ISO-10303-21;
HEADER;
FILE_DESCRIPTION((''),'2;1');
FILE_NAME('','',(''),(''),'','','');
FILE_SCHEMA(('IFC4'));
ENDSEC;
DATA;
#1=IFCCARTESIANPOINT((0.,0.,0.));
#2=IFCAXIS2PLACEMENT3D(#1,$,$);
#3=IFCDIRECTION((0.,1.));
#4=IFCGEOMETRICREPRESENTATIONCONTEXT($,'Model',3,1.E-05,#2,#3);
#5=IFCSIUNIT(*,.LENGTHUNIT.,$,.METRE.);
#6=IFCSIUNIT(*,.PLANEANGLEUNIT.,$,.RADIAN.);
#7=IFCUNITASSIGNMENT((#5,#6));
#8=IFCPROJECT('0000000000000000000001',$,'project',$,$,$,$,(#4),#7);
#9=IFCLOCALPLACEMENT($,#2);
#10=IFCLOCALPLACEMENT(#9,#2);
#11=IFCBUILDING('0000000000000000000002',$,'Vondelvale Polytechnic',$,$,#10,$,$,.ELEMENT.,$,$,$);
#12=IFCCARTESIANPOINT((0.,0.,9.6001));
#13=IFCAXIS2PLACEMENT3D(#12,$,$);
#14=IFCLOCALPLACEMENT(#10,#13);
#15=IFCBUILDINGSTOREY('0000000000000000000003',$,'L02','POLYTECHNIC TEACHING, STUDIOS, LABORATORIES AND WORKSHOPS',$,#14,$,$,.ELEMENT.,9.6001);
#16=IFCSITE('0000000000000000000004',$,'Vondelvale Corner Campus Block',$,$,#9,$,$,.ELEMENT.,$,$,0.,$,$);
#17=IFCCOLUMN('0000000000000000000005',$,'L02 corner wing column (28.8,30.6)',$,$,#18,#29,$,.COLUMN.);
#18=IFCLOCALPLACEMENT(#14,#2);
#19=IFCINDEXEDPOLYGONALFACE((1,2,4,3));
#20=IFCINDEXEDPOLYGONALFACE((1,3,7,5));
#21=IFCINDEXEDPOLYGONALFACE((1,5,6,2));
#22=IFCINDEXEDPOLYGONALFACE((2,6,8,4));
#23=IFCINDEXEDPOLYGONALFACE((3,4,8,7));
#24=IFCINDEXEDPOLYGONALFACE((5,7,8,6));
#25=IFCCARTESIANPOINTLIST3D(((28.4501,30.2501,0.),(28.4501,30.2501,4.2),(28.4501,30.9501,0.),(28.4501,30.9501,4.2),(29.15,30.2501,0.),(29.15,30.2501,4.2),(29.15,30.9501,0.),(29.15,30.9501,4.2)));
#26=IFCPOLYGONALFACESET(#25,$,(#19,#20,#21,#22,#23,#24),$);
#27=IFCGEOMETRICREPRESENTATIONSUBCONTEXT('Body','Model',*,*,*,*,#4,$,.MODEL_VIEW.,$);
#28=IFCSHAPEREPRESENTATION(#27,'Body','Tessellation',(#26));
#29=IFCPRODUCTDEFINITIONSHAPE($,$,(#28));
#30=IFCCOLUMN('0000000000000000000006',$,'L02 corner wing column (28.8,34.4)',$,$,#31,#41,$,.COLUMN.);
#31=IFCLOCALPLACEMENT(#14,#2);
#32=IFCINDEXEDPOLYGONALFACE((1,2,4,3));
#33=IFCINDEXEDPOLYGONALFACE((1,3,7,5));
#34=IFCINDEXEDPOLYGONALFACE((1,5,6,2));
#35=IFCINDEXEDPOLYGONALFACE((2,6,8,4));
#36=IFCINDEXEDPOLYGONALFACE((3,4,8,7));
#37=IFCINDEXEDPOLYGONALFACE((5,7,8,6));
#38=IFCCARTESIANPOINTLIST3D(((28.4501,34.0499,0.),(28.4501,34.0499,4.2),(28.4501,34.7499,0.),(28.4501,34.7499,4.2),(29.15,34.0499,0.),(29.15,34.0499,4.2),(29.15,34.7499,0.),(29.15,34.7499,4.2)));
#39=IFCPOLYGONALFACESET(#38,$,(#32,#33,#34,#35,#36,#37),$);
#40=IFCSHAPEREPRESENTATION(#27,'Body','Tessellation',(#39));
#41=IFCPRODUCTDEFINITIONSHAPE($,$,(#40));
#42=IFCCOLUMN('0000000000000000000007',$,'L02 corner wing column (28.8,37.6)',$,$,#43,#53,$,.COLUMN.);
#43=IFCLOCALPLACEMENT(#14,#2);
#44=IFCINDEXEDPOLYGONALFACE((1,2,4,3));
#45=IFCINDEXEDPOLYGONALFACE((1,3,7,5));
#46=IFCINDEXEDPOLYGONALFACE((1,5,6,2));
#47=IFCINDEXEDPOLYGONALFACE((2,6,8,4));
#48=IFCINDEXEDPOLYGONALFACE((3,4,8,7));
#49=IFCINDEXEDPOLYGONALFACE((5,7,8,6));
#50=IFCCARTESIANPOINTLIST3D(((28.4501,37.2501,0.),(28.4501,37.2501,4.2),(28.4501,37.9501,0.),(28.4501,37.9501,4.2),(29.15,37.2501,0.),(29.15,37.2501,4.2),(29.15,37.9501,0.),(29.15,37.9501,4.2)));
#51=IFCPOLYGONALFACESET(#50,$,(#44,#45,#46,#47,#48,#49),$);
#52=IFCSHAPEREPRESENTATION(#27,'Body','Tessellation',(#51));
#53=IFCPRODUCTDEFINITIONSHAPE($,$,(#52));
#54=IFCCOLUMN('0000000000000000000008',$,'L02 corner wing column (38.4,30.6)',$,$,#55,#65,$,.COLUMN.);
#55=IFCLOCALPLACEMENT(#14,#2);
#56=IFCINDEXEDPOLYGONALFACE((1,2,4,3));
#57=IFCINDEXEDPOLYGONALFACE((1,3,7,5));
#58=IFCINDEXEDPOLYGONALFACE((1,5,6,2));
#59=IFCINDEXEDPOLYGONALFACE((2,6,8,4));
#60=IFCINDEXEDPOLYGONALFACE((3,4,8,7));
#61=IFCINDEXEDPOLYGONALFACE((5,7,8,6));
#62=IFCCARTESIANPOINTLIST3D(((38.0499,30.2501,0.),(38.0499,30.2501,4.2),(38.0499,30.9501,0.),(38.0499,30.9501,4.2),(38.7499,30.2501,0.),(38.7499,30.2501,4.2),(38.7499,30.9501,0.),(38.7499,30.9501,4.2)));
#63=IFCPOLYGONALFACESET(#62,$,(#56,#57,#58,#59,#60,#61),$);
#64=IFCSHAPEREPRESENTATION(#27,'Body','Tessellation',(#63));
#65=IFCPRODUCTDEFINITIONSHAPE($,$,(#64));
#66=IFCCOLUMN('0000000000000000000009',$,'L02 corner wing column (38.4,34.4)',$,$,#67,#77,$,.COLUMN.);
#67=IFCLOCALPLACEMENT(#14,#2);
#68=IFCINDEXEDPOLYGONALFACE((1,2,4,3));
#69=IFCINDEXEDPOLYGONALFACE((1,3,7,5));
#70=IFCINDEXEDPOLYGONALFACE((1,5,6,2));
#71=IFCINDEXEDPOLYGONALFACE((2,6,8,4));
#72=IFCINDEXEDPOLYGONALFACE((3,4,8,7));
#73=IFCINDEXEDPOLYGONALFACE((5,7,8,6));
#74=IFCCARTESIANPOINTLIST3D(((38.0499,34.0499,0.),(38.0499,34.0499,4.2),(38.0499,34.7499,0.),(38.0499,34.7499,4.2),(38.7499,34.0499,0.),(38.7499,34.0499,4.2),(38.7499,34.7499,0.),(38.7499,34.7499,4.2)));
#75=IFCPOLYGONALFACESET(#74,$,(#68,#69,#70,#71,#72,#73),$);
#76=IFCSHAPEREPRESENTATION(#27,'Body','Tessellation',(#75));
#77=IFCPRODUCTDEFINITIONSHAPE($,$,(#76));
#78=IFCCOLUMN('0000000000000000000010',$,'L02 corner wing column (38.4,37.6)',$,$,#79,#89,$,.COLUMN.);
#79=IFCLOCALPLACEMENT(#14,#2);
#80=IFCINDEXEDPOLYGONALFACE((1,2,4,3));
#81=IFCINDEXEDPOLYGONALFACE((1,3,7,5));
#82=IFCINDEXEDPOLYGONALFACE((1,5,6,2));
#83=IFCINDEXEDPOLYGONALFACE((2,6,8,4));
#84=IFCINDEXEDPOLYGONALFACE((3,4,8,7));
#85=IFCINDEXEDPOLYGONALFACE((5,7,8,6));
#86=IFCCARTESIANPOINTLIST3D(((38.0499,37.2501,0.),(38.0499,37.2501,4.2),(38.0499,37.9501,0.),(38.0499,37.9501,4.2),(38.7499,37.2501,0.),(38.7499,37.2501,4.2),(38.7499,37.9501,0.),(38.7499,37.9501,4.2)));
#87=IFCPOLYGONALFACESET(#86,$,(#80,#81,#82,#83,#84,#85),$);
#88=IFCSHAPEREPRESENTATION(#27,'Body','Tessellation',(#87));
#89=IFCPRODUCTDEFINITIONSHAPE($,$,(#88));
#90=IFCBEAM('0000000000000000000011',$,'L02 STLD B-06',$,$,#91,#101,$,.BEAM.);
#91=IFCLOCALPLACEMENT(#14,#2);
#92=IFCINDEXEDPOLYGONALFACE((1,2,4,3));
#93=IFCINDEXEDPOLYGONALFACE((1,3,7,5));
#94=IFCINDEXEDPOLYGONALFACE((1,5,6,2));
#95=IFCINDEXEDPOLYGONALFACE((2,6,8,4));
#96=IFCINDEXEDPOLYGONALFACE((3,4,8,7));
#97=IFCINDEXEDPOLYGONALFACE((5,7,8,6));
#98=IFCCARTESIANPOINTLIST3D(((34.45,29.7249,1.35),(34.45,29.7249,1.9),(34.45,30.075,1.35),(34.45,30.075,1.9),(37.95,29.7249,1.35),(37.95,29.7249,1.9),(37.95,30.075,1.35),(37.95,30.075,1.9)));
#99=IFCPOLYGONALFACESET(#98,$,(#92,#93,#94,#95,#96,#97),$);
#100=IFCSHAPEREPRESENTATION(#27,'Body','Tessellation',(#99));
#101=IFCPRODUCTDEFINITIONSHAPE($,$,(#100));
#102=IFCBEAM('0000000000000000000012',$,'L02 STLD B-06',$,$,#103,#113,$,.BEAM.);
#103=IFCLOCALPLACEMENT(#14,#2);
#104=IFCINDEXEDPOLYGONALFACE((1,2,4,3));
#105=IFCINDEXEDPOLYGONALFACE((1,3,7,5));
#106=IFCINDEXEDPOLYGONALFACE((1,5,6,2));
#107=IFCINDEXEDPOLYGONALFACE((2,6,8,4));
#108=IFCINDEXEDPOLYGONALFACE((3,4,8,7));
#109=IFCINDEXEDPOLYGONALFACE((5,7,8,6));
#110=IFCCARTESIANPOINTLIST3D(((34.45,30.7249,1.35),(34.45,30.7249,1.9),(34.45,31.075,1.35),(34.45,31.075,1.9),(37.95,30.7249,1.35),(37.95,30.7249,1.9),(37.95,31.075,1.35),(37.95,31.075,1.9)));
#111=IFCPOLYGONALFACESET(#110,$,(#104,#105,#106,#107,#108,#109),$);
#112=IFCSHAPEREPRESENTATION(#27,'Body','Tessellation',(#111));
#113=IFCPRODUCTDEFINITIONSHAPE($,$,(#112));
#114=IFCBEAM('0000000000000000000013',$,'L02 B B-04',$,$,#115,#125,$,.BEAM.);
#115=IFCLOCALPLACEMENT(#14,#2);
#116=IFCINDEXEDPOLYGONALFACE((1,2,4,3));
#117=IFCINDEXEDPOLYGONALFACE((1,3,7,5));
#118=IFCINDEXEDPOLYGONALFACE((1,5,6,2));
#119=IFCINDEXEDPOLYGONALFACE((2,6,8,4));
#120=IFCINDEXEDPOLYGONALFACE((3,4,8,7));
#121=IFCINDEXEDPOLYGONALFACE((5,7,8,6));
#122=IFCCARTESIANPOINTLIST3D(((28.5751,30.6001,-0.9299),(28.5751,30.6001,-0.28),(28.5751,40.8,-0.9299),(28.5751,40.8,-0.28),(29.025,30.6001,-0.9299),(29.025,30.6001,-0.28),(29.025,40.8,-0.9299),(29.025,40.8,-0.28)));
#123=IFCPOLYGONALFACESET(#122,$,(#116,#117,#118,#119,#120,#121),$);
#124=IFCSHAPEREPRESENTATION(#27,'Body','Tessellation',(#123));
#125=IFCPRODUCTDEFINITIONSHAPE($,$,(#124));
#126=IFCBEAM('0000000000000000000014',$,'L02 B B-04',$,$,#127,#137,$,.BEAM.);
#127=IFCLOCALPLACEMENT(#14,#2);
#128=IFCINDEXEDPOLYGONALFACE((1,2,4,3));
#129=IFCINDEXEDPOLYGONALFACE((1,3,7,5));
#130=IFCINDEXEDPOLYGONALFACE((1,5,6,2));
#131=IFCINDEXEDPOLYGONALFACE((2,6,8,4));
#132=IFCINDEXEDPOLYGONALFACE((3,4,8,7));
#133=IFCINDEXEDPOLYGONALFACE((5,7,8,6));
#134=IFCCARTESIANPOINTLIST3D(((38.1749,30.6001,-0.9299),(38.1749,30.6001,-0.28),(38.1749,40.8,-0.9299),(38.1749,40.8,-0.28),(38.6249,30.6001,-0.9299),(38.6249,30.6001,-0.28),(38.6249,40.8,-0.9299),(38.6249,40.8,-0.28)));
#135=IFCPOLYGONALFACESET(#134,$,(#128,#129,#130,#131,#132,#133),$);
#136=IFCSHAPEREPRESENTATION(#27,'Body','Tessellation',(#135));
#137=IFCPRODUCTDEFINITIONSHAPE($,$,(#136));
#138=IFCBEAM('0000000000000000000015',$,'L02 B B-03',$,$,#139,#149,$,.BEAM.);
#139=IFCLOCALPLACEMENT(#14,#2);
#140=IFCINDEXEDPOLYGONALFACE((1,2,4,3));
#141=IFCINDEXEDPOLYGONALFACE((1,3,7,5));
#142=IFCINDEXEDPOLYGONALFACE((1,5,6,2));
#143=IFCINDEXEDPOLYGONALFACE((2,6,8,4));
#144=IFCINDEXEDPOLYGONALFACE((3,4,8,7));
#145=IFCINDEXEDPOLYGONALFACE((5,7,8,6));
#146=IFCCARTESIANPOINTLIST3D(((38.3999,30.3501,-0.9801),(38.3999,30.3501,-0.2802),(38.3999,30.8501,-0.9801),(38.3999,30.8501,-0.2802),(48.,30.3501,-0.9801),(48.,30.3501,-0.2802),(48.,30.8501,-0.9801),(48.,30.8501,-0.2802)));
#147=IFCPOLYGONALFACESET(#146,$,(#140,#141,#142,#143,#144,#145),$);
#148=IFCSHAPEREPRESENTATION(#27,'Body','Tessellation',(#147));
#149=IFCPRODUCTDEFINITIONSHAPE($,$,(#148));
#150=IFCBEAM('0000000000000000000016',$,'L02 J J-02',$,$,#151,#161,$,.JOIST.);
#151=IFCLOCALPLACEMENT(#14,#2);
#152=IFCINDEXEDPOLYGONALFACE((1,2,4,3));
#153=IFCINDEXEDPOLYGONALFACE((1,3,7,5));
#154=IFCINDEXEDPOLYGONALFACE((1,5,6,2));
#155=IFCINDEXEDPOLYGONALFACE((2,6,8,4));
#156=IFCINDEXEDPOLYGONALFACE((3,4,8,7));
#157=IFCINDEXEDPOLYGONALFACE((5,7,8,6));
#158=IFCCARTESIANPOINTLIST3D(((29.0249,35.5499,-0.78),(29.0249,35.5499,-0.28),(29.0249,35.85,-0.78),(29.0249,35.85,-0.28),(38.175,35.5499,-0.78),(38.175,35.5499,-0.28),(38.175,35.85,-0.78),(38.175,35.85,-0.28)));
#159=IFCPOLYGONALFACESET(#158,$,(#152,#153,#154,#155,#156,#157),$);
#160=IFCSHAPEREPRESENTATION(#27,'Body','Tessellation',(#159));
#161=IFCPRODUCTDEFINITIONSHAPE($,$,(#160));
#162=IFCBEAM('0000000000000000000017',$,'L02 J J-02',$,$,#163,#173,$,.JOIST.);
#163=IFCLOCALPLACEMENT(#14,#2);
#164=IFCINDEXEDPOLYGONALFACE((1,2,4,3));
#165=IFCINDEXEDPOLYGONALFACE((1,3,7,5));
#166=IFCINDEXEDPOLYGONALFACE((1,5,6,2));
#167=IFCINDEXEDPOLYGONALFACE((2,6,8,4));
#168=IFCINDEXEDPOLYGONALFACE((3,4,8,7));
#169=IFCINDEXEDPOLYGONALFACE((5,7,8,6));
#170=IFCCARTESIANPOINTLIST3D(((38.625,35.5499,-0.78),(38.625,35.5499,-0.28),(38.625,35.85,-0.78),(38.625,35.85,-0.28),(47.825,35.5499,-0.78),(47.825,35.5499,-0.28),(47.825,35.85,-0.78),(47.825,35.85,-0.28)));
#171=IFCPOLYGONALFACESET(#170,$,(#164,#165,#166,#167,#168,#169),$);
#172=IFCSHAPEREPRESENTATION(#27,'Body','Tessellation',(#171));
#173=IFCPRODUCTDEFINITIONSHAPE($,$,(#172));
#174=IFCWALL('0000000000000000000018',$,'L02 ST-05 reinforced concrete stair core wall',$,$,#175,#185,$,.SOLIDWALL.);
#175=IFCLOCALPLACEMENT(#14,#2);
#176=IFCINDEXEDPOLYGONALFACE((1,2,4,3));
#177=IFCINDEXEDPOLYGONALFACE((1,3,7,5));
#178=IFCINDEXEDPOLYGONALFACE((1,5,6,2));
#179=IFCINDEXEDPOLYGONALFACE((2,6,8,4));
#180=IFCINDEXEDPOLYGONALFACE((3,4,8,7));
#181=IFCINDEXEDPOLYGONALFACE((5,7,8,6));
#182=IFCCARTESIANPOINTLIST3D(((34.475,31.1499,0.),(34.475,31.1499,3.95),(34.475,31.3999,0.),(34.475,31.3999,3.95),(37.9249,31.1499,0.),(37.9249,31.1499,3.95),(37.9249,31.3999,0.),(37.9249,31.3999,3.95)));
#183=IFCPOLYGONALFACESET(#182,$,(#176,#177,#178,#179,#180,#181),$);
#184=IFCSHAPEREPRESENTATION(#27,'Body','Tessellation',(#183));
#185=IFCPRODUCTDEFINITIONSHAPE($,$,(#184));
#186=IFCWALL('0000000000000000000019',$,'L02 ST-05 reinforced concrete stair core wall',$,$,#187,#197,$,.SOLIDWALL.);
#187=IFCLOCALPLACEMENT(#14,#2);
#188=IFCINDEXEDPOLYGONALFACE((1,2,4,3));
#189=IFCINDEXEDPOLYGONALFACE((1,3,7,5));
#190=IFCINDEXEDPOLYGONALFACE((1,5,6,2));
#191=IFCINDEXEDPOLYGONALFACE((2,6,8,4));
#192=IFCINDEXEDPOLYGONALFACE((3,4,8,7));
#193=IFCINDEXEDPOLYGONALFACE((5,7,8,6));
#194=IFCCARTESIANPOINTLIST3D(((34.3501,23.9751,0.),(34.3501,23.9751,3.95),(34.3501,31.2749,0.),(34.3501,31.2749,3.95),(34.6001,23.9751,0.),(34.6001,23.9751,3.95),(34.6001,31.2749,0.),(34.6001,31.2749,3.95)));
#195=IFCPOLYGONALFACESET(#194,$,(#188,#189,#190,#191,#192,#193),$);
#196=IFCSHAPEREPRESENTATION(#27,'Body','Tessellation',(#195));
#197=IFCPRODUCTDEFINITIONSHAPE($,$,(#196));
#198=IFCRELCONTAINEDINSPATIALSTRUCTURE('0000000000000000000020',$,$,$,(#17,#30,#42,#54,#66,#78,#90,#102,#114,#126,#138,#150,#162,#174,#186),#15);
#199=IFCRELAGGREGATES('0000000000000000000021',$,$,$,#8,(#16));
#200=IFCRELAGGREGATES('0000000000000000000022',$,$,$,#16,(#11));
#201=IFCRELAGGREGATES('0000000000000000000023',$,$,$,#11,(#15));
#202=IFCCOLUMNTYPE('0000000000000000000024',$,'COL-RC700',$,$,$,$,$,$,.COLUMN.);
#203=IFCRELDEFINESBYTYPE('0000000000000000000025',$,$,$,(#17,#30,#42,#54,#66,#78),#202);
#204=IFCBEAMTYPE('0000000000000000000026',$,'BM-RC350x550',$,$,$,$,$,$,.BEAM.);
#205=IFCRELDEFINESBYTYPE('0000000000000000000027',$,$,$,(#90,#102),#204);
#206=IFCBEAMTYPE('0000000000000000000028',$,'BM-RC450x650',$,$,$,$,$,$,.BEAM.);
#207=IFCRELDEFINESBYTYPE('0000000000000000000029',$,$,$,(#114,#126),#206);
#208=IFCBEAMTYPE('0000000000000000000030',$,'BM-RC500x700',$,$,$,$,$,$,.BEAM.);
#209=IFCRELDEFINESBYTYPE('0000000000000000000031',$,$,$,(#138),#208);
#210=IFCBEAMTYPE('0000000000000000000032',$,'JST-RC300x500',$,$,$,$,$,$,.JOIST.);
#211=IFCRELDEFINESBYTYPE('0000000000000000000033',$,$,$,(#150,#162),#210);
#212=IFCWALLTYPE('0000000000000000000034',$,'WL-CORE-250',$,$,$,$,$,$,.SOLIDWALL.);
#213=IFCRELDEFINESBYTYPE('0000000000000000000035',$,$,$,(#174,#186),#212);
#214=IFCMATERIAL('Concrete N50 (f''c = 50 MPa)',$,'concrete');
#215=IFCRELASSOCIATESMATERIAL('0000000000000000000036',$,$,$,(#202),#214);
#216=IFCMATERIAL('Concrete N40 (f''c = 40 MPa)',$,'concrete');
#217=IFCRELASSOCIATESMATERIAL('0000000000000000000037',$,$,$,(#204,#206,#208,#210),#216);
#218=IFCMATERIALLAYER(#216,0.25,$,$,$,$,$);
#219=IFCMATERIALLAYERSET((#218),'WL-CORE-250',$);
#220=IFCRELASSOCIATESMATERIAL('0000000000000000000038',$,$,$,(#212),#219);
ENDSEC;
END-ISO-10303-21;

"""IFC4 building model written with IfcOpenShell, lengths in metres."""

from ifc_helpers import new_model, si_unit, direction, frame, frame_2d, origin, origin_2d, place, context, subcontext, project, spatial, rectangle, extrude, material, layer, layer_set, material_profile, profile_set, type_object, element, save


model = new_model("IFC4")

# Units and contexts
model_context = context("Model", 3, precision=1e-05, world=origin(), true_north=direction((0.0, 1.0)))
body_context = subcontext(model_context, "Body", "Model", "MODEL_VIEW")
ifc_project = project(units=[si_unit("LENGTHUNIT", "METRE"), si_unit("PLANEANGLEUNIT", "RADIAN")], contexts=[model_context])

# Site, building, storey
site_placement = place(None, origin())
site = spatial("IfcSite", under=ifc_project, at=site_placement, Name="Vondelvale Corner Campus Block", CompositionType="ELEMENT", RefElevation=0.0)
building_placement = place(site_placement, origin())
building = spatial("IfcBuilding", under=site, at=building_placement, Name="Vondelvale Polytechnic", CompositionType="ELEMENT")
storey_placement = place(building_placement, frame((0.0, 0.0, 9.6001)))
storey = spatial("IfcBuildingStorey", under=building, at=storey_placement, Name="L02", Description="POLYTECHNIC TEACHING, STUDIOS, LABORATORIES AND WORKSHOPS", CompositionType="ELEMENT", Elevation=9.6001)

# Columns
ifc_material_1 = material(Name="Concrete N50 (f'c = 50 MPa)", Category="concrete")
ifc_material_profile_1 = material_profile(ifc_material_1, rectangle(XDim=0.7, YDim=0.7, at=origin_2d()), Name="RC-COL-700x700")
ifc_profile_set_1 = profile_set([ifc_material_profile_1], Name="Concrete N50 (f'c = 50 MPa)")
column_type = type_object("IfcColumnType", Name="COL-RC700", PredefinedType="COLUMN", material=ifc_profile_set_1)
for number, where, z_axis, x_axis, name in (
    (1, (28.8, 30.6001, 0.0), (0.0, 0.0, 1.0), (1.0, 0.0, 0.0), "L02 corner wing column (28.8,30.6)"),
    (2, (28.8, 34.3999, 0.0), (0.0, 0.0, 1.0), (1.0, 0.0, 0.0), "L02 corner wing column (28.8,34.4)"),
    (3, (28.8, 37.6001, 0.0), (0.0, 0.0, 1.0), (1.0, 0.0, 0.0), "L02 corner wing column (28.8,37.6)"),
    (4, (38.3999, 30.6001, 0.0), (0.0, 0.0, 1.0), (1.0, 0.0, 0.0), "L02 corner wing column (38.4,30.6)"),
    (5, (38.3999, 34.3999, 0.0), (0.0, 0.0, 1.0), (1.0, 0.0, 0.0), "L02 corner wing column (38.4,34.4)"),
    (6, (38.3999, 37.6001, 0.0), (0.0, 0.0, 1.0), (1.0, 0.0, 0.0), "L02 corner wing column (38.4,37.6)"),
):
    element("IfcColumn", number, at=place(storey_placement, frame(where, z_axis=z_axis, x_axis=x_axis)), inside=storey, type_object=column_type, Name=name, PredefinedType="COLUMN", context=body_context, shape_type="SweptSolid", body=[
        extrude(rectangle(XDim=0.7, YDim=0.7, at=origin_2d()), origin(), (0.0, 0.0, 1.0), 4.2),
    ])

# Beams
ifc_material_2 = material(Name="Concrete N40 (f'c = 40 MPa)", Category="concrete")
ifc_material_profile_2 = material_profile(ifc_material_2, rectangle(XDim=0.3501, YDim=0.55, at=origin_2d()), Name="RC-BM-350x550")
ifc_profile_set_2 = profile_set([ifc_material_profile_2], Name="Concrete N40 (f'c = 40 MPa)")
beam_type_1 = type_object("IfcBeamType", Name="BM-RC350x550", PredefinedType="BEAM", material=ifc_profile_set_2)
for number, where, z_axis, x_axis, name in (
    (7, (37.95, 29.8999, 1.625), (-1.0, 0.0, 0.0), (0.0, -1.0, 0.0), "L02 STLD B-06"),
    (8, (37.95, 30.8999, 1.625), (-1.0, 0.0, 0.0), (0.0, -1.0, 0.0), "L02 STLD B-06"),
):
    element("IfcBeam", number, at=place(storey_placement, frame(where, z_axis=z_axis, x_axis=x_axis)), inside=storey, type_object=beam_type_1, Name=name, PredefinedType="BEAM", context=body_context, shape_type="SweptSolid", body=[
        extrude(rectangle(XDim=0.3501, YDim=0.55, at=origin_2d()), origin(), (0.0, 0.0, 1.0), 3.5),
    ])
ifc_material_profile_3 = material_profile(ifc_material_2, rectangle(XDim=0.45, YDim=0.6499, at=origin_2d()), Name="RC-BM-450x650")
ifc_profile_set_3 = profile_set([ifc_material_profile_3], Name="Concrete N40 (f'c = 40 MPa)")
beam_type_2 = type_object("IfcBeamType", Name="BM-RC450x650", PredefinedType="BEAM", material=ifc_profile_set_3)
for number, where, z_axis, x_axis, name in (
    (9, (28.8, 30.6001, -0.605), (0.0, 1.0, 0.0), (-1.0, 0.0, 0.0), "L02 B B-04"),
    (10, (38.3999, 30.6001, -0.605), (0.0, 1.0, 0.0), (-1.0, 0.0, 0.0), "L02 B B-04"),
):
    element("IfcBeam", number, at=place(storey_placement, frame(where, z_axis=z_axis, x_axis=x_axis)), inside=storey, type_object=beam_type_2, Name=name, PredefinedType="BEAM", context=body_context, shape_type="SweptSolid", body=[
        extrude(rectangle(XDim=0.45, YDim=0.6499, at=origin_2d()), origin(), (0.0, 0.0, 1.0), 10.2),
    ])
ifc_material_profile_4 = material_profile(ifc_material_2, rectangle(XDim=0.5, YDim=0.7, at=origin_2d()), Name="RC-BM-500x700")
ifc_profile_set_4 = profile_set([ifc_material_profile_4], Name="Concrete N40 (f'c = 40 MPa)")
beam_type_3 = type_object("IfcBeamType", Name="BM-RC500x700", PredefinedType="BEAM", material=ifc_profile_set_4)
beam_1_placement = place(storey_placement, frame((38.3999, 30.6001, -0.6301), z_axis=(1.0, 0.0, 0.0), x_axis=(0.0, 1.0, 0.0)))
element("IfcBeam", 11, at=beam_1_placement, inside=storey, type_object=beam_type_3, Name="L02 B B-03", PredefinedType="BEAM", context=body_context, shape_type="SweptSolid", body=[
    extrude(rectangle(XDim=0.5, YDim=0.7, at=origin_2d()), origin(), (0.0, 0.0, 1.0), 9.6001),
])
ifc_material_profile_5 = material_profile(ifc_material_2, rectangle(XDim=0.3, YDim=0.5, at=origin_2d()), Name="RC-JST-300x500")
ifc_profile_set_5 = profile_set([ifc_material_profile_5], Name="Concrete N40 (f'c = 40 MPa)")
beam_type_4 = type_object("IfcBeamType", Name="JST-RC300x500", PredefinedType="JOIST", material=ifc_profile_set_5)
beam_2_placement = place(storey_placement, frame((29.0249, 35.7, -0.53), z_axis=(1.0, 0.0, 0.0), x_axis=(0.0, 1.0, 0.0)))
element("IfcBeam", 12, at=beam_2_placement, inside=storey, type_object=beam_type_4, Name="L02 J J-02", PredefinedType="JOIST", context=body_context, shape_type="SweptSolid", body=[
    extrude(rectangle(XDim=0.3, YDim=0.5, at=origin_2d()), origin(), (0.0, 0.0, 1.0), 9.1501),
])
beam_3_placement = place(storey_placement, frame((38.625, 35.7, -0.53), z_axis=(1.0, 0.0, 0.0), x_axis=(0.0, 1.0, 0.0)))
element("IfcBeam", 13, at=beam_3_placement, inside=storey, type_object=beam_type_4, Name="L02 J J-02", PredefinedType="JOIST", context=body_context, shape_type="SweptSolid", body=[
    extrude(rectangle(XDim=0.3, YDim=0.5, at=origin_2d()), origin(), (0.0, 0.0, 1.0), 9.2),
])

# Walls
ifc_layer_1 = layer(ifc_material_2, 0.25)
ifc_layer_set_1 = layer_set([ifc_layer_1], Name="WL-CORE-250")
wall_type_1 = type_object("IfcWallType", Name="WL-CORE-250", PredefinedType="SOLIDWALL", material=ifc_layer_set_1)
wall_1_placement = place(storey_placement, frame((37.925, 31.2749, 0.0), z_axis=(0.0, 0.0, 1.0), x_axis=(-1.0, 0.0, 0.0)))
element("IfcWall", 14, at=wall_1_placement, inside=storey, type_object=wall_type_1, Name="L02 ST-05 reinforced concrete stair core wall", PredefinedType="SOLIDWALL", context=body_context, shape_type="SweptSolid", body=[
    extrude(rectangle(XDim=3.45, YDim=0.25, at=frame_2d((1.7251, 0.0))), origin(), (0.0, 0.0, 1.0), 3.95),
])
wall_2_placement = place(storey_placement, frame((34.4751, 31.2749, 0.0), z_axis=(0.0, 0.0, 1.0), x_axis=(0.0, -1.0, 0.0)))
element("IfcWall", 15, at=wall_2_placement, inside=storey, type_object=wall_type_1, Name="L02 ST-05 reinforced concrete stair core wall", PredefinedType="SOLIDWALL", context=body_context, shape_type="SweptSolid", body=[
    extrude(rectangle(XDim=7.2998, YDim=0.25, at=frame_2d((3.6499, 0.0))), origin(), (0.0, 0.0, 1.0), 3.95),
])

save(model, "model.ifc")
